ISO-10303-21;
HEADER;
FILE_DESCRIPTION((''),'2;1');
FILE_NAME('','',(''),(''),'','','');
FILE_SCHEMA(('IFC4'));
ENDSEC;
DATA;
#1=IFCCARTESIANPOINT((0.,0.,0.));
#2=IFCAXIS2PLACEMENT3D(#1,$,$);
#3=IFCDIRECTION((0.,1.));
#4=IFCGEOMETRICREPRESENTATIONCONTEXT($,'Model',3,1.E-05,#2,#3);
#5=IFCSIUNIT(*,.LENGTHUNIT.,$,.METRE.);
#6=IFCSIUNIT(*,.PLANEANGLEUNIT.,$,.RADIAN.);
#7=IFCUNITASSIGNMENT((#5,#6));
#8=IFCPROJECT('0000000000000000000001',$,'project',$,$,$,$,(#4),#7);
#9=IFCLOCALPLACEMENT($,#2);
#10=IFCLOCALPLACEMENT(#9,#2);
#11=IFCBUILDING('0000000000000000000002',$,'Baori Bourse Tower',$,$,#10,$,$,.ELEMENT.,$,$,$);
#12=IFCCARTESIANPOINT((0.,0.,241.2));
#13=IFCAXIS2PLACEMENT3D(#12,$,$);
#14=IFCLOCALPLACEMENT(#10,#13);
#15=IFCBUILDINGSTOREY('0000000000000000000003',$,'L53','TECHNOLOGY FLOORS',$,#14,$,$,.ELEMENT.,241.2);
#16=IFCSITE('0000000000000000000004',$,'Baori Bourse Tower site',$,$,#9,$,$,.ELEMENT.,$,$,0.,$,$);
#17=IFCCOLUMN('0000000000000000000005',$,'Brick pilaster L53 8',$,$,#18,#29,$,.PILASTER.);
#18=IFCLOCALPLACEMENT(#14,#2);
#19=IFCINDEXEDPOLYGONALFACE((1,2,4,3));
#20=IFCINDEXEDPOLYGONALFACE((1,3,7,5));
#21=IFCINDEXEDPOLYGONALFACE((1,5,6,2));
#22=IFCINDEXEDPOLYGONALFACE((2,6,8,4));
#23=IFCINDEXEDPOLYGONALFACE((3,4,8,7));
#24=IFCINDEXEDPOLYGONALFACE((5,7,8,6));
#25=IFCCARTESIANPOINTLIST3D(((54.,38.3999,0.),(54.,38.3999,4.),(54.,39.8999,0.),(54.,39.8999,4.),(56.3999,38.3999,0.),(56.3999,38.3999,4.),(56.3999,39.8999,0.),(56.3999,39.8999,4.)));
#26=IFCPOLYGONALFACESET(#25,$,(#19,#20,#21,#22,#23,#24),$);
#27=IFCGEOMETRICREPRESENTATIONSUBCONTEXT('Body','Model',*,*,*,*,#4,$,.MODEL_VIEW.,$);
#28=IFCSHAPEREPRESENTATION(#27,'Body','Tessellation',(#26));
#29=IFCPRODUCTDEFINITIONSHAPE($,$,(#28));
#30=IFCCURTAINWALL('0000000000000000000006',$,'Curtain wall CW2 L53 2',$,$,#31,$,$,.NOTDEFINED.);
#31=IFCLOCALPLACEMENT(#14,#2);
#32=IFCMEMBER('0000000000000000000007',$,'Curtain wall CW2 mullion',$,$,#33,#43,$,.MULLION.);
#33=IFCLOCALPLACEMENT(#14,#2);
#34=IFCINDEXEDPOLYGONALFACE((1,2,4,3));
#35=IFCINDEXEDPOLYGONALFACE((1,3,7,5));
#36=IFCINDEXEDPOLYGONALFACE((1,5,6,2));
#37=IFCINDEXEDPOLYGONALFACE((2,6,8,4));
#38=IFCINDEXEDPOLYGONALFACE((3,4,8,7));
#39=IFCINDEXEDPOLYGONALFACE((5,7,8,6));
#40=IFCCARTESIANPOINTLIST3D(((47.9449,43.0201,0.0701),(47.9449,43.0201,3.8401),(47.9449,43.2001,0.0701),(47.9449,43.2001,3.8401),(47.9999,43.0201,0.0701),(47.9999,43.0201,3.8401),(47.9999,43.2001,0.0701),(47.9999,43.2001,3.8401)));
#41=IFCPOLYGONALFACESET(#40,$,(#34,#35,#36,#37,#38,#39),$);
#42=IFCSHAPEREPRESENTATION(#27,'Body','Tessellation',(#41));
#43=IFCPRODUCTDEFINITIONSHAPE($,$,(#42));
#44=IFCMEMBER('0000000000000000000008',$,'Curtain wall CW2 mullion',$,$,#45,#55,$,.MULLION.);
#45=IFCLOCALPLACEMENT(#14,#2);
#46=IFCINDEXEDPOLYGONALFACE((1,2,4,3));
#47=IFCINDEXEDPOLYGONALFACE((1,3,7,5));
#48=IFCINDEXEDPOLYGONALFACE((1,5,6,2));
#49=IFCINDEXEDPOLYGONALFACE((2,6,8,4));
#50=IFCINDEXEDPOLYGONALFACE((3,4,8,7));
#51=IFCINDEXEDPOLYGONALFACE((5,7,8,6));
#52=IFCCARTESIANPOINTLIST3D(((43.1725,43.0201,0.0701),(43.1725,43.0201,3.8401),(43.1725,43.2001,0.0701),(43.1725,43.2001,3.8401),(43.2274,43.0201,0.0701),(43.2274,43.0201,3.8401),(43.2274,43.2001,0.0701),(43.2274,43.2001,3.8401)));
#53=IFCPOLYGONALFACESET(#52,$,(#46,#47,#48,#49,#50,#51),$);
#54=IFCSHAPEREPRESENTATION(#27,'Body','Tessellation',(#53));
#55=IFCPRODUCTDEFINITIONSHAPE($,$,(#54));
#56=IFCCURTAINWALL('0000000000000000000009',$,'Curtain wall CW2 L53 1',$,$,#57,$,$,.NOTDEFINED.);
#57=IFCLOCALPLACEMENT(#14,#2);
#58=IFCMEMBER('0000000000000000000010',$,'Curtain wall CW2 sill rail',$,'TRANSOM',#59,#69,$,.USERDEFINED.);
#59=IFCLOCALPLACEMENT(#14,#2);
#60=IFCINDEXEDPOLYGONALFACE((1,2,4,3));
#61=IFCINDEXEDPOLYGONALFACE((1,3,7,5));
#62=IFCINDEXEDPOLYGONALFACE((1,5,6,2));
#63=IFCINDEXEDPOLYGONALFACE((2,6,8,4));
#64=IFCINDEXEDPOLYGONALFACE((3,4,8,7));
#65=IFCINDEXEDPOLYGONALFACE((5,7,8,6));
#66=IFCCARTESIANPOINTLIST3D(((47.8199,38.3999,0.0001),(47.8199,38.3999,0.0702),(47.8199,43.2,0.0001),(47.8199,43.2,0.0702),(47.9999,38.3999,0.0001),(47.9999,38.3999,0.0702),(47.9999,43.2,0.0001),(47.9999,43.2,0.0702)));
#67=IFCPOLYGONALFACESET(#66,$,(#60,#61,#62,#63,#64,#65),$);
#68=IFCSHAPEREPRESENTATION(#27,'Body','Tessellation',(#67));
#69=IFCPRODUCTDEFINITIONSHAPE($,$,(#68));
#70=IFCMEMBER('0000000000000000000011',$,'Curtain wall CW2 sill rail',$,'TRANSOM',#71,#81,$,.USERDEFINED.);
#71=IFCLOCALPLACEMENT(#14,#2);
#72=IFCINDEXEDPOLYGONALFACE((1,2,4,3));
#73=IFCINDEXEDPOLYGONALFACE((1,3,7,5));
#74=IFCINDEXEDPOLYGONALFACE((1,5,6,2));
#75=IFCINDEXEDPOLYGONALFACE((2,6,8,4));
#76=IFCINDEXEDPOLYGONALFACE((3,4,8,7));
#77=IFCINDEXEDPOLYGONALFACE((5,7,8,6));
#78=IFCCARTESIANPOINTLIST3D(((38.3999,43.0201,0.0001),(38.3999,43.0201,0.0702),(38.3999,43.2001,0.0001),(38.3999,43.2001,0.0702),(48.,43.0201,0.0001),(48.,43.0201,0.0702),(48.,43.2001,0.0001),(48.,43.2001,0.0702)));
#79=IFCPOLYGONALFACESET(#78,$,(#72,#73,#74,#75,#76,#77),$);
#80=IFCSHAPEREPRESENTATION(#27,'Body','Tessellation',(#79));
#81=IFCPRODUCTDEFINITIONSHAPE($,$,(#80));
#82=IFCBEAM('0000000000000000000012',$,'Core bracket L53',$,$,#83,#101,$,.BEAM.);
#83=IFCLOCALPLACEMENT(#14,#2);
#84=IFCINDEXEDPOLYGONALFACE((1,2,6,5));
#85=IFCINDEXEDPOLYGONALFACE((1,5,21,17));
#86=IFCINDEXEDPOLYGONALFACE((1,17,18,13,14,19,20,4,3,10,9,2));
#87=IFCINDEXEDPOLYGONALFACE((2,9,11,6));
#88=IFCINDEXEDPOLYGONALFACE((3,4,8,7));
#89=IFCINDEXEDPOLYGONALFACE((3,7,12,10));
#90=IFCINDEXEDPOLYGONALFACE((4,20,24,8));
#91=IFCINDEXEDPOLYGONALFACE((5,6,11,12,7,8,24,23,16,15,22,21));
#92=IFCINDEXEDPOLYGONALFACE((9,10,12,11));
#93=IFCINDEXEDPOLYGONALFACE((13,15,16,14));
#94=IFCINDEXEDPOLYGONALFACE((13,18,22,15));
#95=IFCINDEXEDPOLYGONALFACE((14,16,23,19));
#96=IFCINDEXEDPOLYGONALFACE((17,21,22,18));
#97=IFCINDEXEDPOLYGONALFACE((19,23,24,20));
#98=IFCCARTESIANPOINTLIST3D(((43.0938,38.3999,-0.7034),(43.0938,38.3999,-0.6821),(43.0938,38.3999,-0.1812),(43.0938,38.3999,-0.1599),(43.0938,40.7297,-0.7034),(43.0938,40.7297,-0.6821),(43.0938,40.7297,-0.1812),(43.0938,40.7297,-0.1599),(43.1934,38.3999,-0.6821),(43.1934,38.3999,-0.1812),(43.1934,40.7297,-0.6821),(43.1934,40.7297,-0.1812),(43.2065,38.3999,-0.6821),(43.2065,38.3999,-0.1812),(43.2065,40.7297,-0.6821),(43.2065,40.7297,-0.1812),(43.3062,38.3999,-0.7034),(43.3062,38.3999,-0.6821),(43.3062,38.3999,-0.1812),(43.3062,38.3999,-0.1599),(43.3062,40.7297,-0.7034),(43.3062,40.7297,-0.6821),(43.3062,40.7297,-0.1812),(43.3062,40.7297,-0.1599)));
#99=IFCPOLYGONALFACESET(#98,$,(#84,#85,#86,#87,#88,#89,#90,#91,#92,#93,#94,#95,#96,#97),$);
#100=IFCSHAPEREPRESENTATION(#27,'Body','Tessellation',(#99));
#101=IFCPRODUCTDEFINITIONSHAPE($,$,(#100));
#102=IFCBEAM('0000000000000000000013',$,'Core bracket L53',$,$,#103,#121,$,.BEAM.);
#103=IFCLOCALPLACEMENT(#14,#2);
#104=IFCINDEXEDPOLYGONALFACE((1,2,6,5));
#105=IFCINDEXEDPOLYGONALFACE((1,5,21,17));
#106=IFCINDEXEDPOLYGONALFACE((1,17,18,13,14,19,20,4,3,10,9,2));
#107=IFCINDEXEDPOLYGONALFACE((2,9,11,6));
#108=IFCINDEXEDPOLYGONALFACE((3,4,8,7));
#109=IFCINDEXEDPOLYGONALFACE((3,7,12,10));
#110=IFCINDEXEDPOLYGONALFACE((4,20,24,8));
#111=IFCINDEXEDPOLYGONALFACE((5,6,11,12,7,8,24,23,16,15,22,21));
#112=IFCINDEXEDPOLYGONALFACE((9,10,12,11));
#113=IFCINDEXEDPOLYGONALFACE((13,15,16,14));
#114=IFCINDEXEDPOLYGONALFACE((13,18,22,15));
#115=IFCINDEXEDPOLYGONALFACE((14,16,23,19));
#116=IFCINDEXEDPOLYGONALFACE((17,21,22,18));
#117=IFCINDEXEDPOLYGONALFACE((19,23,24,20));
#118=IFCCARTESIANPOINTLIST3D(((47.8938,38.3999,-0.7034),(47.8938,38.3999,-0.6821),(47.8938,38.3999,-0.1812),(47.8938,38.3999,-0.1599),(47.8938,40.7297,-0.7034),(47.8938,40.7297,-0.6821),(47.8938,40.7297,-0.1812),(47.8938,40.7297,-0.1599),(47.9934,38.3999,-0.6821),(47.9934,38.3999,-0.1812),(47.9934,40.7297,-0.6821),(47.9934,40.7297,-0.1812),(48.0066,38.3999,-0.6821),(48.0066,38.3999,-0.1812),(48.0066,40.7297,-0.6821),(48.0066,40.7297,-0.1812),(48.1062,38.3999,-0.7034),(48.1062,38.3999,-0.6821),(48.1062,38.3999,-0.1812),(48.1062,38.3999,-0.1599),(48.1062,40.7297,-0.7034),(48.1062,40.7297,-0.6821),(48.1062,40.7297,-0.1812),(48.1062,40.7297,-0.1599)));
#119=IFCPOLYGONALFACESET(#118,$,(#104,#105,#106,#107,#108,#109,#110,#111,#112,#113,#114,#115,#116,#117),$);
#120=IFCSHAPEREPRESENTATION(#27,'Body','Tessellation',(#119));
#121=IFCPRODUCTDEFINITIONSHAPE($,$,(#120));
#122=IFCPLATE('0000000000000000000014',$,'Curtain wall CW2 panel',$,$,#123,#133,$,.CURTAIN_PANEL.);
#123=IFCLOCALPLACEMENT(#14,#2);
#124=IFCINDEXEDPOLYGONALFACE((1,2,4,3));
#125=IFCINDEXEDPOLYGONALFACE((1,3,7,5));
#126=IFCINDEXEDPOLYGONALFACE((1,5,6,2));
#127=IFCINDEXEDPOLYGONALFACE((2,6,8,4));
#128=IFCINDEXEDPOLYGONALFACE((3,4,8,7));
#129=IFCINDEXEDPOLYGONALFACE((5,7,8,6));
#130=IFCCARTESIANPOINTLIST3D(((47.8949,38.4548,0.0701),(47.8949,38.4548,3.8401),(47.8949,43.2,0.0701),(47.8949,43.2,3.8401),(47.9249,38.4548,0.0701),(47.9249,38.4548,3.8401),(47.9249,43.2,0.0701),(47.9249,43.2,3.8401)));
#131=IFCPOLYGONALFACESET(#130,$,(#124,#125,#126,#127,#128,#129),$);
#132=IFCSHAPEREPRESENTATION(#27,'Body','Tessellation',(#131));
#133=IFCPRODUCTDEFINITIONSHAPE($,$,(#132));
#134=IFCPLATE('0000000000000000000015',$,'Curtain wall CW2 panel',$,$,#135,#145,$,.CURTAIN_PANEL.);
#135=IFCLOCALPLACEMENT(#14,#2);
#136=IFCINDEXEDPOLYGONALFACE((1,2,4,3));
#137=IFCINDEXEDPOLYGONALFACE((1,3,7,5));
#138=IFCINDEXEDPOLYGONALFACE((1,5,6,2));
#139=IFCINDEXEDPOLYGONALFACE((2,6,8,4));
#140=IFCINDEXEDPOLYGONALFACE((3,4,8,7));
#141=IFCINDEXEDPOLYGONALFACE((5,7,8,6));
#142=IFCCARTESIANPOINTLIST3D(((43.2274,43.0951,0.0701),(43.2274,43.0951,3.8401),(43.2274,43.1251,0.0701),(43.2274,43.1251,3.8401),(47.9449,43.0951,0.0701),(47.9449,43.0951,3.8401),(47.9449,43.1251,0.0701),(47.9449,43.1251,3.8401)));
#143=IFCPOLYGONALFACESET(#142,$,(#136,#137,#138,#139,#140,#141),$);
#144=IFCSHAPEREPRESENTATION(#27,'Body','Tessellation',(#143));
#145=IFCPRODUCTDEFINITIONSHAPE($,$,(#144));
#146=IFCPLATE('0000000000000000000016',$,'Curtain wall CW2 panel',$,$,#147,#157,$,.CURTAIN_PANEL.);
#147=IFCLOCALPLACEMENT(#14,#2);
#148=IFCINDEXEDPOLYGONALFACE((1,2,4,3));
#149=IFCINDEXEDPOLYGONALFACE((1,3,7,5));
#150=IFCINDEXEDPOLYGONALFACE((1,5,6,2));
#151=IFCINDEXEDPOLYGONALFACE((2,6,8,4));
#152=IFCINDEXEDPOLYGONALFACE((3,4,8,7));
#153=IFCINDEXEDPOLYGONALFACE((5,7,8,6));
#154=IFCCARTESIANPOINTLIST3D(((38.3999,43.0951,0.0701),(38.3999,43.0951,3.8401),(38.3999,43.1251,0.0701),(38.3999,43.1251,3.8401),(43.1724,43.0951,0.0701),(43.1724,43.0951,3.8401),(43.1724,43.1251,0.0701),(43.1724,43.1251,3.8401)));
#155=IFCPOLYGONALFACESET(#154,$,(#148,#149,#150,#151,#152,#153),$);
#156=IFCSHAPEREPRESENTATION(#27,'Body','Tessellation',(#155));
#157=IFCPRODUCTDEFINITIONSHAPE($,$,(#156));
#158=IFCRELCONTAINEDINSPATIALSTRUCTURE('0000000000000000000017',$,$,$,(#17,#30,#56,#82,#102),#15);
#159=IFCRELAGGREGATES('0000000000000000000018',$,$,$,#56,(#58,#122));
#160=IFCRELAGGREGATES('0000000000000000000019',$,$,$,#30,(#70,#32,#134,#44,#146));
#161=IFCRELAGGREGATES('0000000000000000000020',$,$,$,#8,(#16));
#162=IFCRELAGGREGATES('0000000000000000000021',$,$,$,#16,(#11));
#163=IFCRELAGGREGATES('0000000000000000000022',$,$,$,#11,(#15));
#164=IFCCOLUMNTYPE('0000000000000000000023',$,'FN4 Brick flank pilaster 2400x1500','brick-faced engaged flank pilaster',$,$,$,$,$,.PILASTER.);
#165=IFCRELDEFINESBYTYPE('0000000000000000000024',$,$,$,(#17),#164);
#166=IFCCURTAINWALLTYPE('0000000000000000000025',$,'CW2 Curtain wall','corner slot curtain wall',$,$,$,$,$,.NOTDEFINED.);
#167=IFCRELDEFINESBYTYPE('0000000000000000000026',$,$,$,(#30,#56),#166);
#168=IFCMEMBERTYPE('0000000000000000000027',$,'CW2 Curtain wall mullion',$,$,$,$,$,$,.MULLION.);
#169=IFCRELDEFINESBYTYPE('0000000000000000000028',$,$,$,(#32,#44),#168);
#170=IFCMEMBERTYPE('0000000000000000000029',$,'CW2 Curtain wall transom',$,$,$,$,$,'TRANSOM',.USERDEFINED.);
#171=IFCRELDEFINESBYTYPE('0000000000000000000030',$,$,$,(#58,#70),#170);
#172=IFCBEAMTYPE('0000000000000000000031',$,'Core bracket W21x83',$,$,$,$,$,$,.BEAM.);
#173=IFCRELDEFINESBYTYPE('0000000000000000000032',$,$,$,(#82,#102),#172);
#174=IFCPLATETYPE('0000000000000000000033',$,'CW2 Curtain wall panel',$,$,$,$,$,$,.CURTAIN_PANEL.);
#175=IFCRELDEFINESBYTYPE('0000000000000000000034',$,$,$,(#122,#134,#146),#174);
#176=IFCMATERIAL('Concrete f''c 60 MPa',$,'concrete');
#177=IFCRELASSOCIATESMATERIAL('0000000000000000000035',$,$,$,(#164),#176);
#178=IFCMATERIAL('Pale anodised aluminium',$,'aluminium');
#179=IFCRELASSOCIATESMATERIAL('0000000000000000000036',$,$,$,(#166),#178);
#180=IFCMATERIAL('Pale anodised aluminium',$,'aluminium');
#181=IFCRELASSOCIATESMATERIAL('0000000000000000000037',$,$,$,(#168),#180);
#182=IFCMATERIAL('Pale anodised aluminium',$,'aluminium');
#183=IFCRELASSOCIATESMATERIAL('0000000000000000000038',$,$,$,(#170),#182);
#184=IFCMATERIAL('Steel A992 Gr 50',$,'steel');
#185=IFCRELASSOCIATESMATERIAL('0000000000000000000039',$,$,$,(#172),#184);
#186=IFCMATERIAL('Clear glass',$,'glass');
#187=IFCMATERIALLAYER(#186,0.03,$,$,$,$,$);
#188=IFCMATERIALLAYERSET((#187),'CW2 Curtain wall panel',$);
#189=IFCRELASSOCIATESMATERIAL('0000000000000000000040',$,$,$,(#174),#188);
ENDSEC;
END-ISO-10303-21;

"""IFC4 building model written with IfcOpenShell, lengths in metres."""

from ifc_helpers import new_model, si_unit, direction, frame, origin, origin_2d, place, context, subcontext, project, spatial, rectangle, i_section, extrude, material, layer, layer_set, material_profile, profile_set, type_object, element, aggregate, save


model = new_model("IFC4")

# Units and contexts
model_context = context("Model", 3, precision=1e-05, world=origin(), true_north=direction((0.0, 1.0)))
body_context = subcontext(model_context, "Body", "Model", "MODEL_VIEW")
ifc_project = project(units=[si_unit("LENGTHUNIT", "METRE"), si_unit("PLANEANGLEUNIT", "RADIAN")], contexts=[model_context])

# Site, building, storey
site_placement = place(None, origin())
site = spatial("IfcSite", under=ifc_project, at=site_placement, Name="Baori Bourse Tower site", CompositionType="ELEMENT", RefElevation=0.0)
building_placement = place(site_placement, origin())
building = spatial("IfcBuilding", under=site, at=building_placement, Name="Baori Bourse Tower", CompositionType="ELEMENT")
storey_placement = place(building_placement, frame((0.0, 0.0, 241.2)))
storey = spatial("IfcBuildingStorey", under=building, at=storey_placement, Name="L53", Description="TECHNOLOGY FLOORS", CompositionType="ELEMENT", Elevation=241.2)

# Column
ifc_material_1 = material(Name="Concrete f'c 60 MPa", Category="concrete")
ifc_material_profile_1 = material_profile(ifc_material_1, rectangle(XDim=2.3999, YDim=1.5, at=origin_2d()), Name="RC 2400x1500")
ifc_profile_set_1 = profile_set([ifc_material_profile_1], Name="Concrete f'c 60 MPa")
column_type = type_object("IfcColumnType", Name="FN4 Brick flank pilaster 2400x1500", Description="brick-faced engaged flank pilaster", PredefinedType="PILASTER", material=ifc_profile_set_1)
column_placement = place(storey_placement, frame((55.2, 39.1499, 0.0), z_axis=(0.0, 0.0, 1.0), x_axis=(1.0, 0.0, 0.0)))
element("IfcColumn", 1, at=column_placement, inside=storey, type_object=column_type, Name="Brick pilaster L53 8", PredefinedType="PILASTER", context=body_context, shape_type="SweptSolid", body=[
    extrude(rectangle(XDim=2.3999, YDim=1.5, at=origin_2d()), origin(), (0.0, 0.0, 1.0), 4.0),
])

# Curtain wall, members
ifc_material_2 = material(Name="Pale anodised aluminium", Category="aluminium")
curtain_wall_type = type_object("IfcCurtainWallType", Name="CW2 Curtain wall", Description="corner slot curtain wall", PredefinedType="NOTDEFINED", material=ifc_material_2)
curtain_wall_1_placement = place(storey_placement, origin())
curtain_wall_1 = element("IfcCurtainWall", 2, at=curtain_wall_1_placement, inside=storey, type_object=curtain_wall_type, Name="Curtain wall CW2 L53 2", PredefinedType="NOTDEFINED")
ifc_material_3 = material(Name="Pale anodised aluminium", Category="aluminium")
ifc_material_profile_2 = material_profile(ifc_material_3, rectangle(XDim=0.1799, YDim=0.0549, at=origin_2d()), Name="Mullion 55x180")
ifc_profile_set_2 = profile_set([ifc_material_profile_2], Name="Pale anodised aluminium")
member_type_1 = type_object("IfcMemberType", Name="CW2 Curtain wall mullion", PredefinedType="MULLION", material=ifc_profile_set_2)
member_1_placement = place(storey_placement, frame((47.9724, 43.1101, 0.0701), z_axis=(0.0, 0.0, 1.0), x_axis=(0.0, -1.0, 0.0)))
member_1 = element("IfcMember", 3, at=member_1_placement, type_object=member_type_1, Name="Curtain wall CW2 mullion", PredefinedType="MULLION", context=body_context, shape_type="SweptSolid", body=[
    extrude(rectangle(XDim=0.1799, YDim=0.0549, at=origin_2d()), origin(), (0.0, 0.0, 1.0), 3.77),
])
member_2_placement = place(storey_placement, frame((43.2, 43.1101, 0.0701), z_axis=(0.0, 0.0, 1.0), x_axis=(0.0, -1.0, 0.0)))
member_2 = element("IfcMember", 4, at=member_2_placement, type_object=member_type_1, Name="Curtain wall CW2 mullion", PredefinedType="MULLION", context=body_context, shape_type="SweptSolid", body=[
    extrude(rectangle(XDim=0.1799, YDim=0.0549, at=origin_2d()), origin(), (0.0, 0.0, 1.0), 3.77),
])

# Curtain wall, member
curtain_wall_2_placement = place(storey_placement, origin())
curtain_wall_2 = element("IfcCurtainWall", 5, at=curtain_wall_2_placement, inside=storey, type_object=curtain_wall_type, Name="Curtain wall CW2 L53 1", PredefinedType="NOTDEFINED")
ifc_material_4 = material(Name="Pale anodised aluminium", Category="aluminium")
ifc_material_profile_3 = material_profile(ifc_material_4, rectangle(XDim=0.1799, YDim=0.0701, at=origin_2d()), Name="Transom 70x180")
ifc_profile_set_3 = profile_set([ifc_material_profile_3], Name="Pale anodised aluminium")
member_type_2 = type_object("IfcMemberType", Name="CW2 Curtain wall transom", ElementType="TRANSOM", PredefinedType="USERDEFINED", material=ifc_profile_set_3)
member_3_placement = place(storey_placement, frame((47.9099, 38.3999, 0.0352), z_axis=(0.0, 1.0, 0.0), x_axis=(-1.0, 0.0, 0.0)))
member_3 = element("IfcMember", 6, at=member_3_placement, type_object=member_type_2, Name="Curtain wall CW2 sill rail", ObjectType="TRANSOM", PredefinedType="USERDEFINED", context=body_context, shape_type="SweptSolid", body=[
    extrude(rectangle(XDim=0.1799, YDim=0.0701, at=origin_2d()), origin(), (0.0, 0.0, 1.0), 4.8),
])

# Member
member_4_placement = place(storey_placement, frame((48.0, 43.1101, 0.0352), z_axis=(-1.0, 0.0, 0.0), x_axis=(0.0, -1.0, 0.0)))
member_4 = element("IfcMember", 7, at=member_4_placement, type_object=member_type_2, Name="Curtain wall CW2 sill rail", ObjectType="TRANSOM", PredefinedType="USERDEFINED", context=body_context, shape_type="SweptSolid", body=[
    extrude(rectangle(XDim=0.1799, YDim=0.0701, at=origin_2d()), origin(), (0.0, 0.0, 1.0), 9.6001),
])

# Beams
ifc_material_5 = material(Name="Steel A992 Gr 50", Category="steel")
ifc_material_profile_4 = material_profile(ifc_material_5, i_section(OverallWidth=0.2124, OverallDepth=0.5435, WebThickness=0.0132, FlangeThickness=0.0212, at=origin_2d()), Name="W21x83")
ifc_profile_set_4 = profile_set([ifc_material_profile_4], Name="Steel A992 Gr 50")
beam_type = type_object("IfcBeamType", Name="Core bracket W21x83", PredefinedType="BEAM", material=ifc_profile_set_4)
for number, where, z_axis, x_axis, name in (
    (8, (43.2, 38.3999, -0.4316), (0.0, 1.0, 0.0), (-1.0, 0.0, 0.0), "Core bracket L53"),
    (9, (48.0, 38.3999, -0.4316), (0.0, 1.0, 0.0), (-1.0, 0.0, 0.0), "Core bracket L53"),
):
    element("IfcBeam", number, at=place(storey_placement, frame(where, z_axis=z_axis, x_axis=x_axis)), inside=storey, type_object=beam_type, Name=name, PredefinedType="BEAM", context=body_context, shape_type="SweptSolid", body=[
        extrude(i_section(OverallWidth=0.2124, OverallDepth=0.5435, WebThickness=0.0132, FlangeThickness=0.0212, at=origin_2d()), origin(), (0.0, 0.0, 1.0), 2.3298),
    ])

# Plates
ifc_material_6 = material(Name="Clear glass", Category="glass")
ifc_layer_1 = layer(ifc_material_6, 0.03)
ifc_layer_set_1 = layer_set([ifc_layer_1], Name="CW2 Curtain wall panel")
plate_type = type_object("IfcPlateType", Name="CW2 Curtain wall panel", PredefinedType="CURTAIN_PANEL", material=ifc_layer_set_1)
plate_1_placement = place(storey_placement, frame((47.9099, 40.8274, 0.0701), z_axis=(0.0, 0.0, 1.0), x_axis=(0.0, 1.0, 0.0)))
plate_1 = element("IfcPlate", 10, at=plate_1_placement, type_object=plate_type, Name="Curtain wall CW2 panel", PredefinedType="CURTAIN_PANEL", context=body_context, shape_type="SweptSolid", body=[
    extrude(rectangle(XDim=4.7451, YDim=0.03, at=origin_2d()), origin(), (0.0, 0.0, 1.0), 3.77),
])
aggregate(curtain_wall_2, [member_3, plate_1])
plate_2_placement = place(storey_placement, frame((45.5862, 43.1101, 0.0701), z_axis=(0.0, 0.0, 1.0), x_axis=(-1.0, 0.0, 0.0)))
plate_2 = element("IfcPlate", 11, at=plate_2_placement, type_object=plate_type, Name="Curtain wall CW2 panel", PredefinedType="CURTAIN_PANEL", context=body_context, shape_type="SweptSolid", body=[
    extrude(rectangle(XDim=4.7175, YDim=0.03, at=origin_2d()), origin(), (0.0, 0.0, 1.0), 3.77),
])
plate_3_placement = place(storey_placement, frame((40.7861, 43.1101, 0.0701), z_axis=(0.0, 0.0, 1.0), x_axis=(-1.0, 0.0, 0.0)))
plate_3 = element("IfcPlate", 12, at=plate_3_placement, type_object=plate_type, Name="Curtain wall CW2 panel", PredefinedType="CURTAIN_PANEL", context=body_context, shape_type="SweptSolid", body=[
    extrude(rectangle(XDim=4.7725, YDim=0.03, at=origin_2d()), origin(), (0.0, 0.0, 1.0), 3.77),
])
aggregate(curtain_wall_1, [member_4, member_1, plate_2, member_2, plate_3])

save(model, "model.ifc")
